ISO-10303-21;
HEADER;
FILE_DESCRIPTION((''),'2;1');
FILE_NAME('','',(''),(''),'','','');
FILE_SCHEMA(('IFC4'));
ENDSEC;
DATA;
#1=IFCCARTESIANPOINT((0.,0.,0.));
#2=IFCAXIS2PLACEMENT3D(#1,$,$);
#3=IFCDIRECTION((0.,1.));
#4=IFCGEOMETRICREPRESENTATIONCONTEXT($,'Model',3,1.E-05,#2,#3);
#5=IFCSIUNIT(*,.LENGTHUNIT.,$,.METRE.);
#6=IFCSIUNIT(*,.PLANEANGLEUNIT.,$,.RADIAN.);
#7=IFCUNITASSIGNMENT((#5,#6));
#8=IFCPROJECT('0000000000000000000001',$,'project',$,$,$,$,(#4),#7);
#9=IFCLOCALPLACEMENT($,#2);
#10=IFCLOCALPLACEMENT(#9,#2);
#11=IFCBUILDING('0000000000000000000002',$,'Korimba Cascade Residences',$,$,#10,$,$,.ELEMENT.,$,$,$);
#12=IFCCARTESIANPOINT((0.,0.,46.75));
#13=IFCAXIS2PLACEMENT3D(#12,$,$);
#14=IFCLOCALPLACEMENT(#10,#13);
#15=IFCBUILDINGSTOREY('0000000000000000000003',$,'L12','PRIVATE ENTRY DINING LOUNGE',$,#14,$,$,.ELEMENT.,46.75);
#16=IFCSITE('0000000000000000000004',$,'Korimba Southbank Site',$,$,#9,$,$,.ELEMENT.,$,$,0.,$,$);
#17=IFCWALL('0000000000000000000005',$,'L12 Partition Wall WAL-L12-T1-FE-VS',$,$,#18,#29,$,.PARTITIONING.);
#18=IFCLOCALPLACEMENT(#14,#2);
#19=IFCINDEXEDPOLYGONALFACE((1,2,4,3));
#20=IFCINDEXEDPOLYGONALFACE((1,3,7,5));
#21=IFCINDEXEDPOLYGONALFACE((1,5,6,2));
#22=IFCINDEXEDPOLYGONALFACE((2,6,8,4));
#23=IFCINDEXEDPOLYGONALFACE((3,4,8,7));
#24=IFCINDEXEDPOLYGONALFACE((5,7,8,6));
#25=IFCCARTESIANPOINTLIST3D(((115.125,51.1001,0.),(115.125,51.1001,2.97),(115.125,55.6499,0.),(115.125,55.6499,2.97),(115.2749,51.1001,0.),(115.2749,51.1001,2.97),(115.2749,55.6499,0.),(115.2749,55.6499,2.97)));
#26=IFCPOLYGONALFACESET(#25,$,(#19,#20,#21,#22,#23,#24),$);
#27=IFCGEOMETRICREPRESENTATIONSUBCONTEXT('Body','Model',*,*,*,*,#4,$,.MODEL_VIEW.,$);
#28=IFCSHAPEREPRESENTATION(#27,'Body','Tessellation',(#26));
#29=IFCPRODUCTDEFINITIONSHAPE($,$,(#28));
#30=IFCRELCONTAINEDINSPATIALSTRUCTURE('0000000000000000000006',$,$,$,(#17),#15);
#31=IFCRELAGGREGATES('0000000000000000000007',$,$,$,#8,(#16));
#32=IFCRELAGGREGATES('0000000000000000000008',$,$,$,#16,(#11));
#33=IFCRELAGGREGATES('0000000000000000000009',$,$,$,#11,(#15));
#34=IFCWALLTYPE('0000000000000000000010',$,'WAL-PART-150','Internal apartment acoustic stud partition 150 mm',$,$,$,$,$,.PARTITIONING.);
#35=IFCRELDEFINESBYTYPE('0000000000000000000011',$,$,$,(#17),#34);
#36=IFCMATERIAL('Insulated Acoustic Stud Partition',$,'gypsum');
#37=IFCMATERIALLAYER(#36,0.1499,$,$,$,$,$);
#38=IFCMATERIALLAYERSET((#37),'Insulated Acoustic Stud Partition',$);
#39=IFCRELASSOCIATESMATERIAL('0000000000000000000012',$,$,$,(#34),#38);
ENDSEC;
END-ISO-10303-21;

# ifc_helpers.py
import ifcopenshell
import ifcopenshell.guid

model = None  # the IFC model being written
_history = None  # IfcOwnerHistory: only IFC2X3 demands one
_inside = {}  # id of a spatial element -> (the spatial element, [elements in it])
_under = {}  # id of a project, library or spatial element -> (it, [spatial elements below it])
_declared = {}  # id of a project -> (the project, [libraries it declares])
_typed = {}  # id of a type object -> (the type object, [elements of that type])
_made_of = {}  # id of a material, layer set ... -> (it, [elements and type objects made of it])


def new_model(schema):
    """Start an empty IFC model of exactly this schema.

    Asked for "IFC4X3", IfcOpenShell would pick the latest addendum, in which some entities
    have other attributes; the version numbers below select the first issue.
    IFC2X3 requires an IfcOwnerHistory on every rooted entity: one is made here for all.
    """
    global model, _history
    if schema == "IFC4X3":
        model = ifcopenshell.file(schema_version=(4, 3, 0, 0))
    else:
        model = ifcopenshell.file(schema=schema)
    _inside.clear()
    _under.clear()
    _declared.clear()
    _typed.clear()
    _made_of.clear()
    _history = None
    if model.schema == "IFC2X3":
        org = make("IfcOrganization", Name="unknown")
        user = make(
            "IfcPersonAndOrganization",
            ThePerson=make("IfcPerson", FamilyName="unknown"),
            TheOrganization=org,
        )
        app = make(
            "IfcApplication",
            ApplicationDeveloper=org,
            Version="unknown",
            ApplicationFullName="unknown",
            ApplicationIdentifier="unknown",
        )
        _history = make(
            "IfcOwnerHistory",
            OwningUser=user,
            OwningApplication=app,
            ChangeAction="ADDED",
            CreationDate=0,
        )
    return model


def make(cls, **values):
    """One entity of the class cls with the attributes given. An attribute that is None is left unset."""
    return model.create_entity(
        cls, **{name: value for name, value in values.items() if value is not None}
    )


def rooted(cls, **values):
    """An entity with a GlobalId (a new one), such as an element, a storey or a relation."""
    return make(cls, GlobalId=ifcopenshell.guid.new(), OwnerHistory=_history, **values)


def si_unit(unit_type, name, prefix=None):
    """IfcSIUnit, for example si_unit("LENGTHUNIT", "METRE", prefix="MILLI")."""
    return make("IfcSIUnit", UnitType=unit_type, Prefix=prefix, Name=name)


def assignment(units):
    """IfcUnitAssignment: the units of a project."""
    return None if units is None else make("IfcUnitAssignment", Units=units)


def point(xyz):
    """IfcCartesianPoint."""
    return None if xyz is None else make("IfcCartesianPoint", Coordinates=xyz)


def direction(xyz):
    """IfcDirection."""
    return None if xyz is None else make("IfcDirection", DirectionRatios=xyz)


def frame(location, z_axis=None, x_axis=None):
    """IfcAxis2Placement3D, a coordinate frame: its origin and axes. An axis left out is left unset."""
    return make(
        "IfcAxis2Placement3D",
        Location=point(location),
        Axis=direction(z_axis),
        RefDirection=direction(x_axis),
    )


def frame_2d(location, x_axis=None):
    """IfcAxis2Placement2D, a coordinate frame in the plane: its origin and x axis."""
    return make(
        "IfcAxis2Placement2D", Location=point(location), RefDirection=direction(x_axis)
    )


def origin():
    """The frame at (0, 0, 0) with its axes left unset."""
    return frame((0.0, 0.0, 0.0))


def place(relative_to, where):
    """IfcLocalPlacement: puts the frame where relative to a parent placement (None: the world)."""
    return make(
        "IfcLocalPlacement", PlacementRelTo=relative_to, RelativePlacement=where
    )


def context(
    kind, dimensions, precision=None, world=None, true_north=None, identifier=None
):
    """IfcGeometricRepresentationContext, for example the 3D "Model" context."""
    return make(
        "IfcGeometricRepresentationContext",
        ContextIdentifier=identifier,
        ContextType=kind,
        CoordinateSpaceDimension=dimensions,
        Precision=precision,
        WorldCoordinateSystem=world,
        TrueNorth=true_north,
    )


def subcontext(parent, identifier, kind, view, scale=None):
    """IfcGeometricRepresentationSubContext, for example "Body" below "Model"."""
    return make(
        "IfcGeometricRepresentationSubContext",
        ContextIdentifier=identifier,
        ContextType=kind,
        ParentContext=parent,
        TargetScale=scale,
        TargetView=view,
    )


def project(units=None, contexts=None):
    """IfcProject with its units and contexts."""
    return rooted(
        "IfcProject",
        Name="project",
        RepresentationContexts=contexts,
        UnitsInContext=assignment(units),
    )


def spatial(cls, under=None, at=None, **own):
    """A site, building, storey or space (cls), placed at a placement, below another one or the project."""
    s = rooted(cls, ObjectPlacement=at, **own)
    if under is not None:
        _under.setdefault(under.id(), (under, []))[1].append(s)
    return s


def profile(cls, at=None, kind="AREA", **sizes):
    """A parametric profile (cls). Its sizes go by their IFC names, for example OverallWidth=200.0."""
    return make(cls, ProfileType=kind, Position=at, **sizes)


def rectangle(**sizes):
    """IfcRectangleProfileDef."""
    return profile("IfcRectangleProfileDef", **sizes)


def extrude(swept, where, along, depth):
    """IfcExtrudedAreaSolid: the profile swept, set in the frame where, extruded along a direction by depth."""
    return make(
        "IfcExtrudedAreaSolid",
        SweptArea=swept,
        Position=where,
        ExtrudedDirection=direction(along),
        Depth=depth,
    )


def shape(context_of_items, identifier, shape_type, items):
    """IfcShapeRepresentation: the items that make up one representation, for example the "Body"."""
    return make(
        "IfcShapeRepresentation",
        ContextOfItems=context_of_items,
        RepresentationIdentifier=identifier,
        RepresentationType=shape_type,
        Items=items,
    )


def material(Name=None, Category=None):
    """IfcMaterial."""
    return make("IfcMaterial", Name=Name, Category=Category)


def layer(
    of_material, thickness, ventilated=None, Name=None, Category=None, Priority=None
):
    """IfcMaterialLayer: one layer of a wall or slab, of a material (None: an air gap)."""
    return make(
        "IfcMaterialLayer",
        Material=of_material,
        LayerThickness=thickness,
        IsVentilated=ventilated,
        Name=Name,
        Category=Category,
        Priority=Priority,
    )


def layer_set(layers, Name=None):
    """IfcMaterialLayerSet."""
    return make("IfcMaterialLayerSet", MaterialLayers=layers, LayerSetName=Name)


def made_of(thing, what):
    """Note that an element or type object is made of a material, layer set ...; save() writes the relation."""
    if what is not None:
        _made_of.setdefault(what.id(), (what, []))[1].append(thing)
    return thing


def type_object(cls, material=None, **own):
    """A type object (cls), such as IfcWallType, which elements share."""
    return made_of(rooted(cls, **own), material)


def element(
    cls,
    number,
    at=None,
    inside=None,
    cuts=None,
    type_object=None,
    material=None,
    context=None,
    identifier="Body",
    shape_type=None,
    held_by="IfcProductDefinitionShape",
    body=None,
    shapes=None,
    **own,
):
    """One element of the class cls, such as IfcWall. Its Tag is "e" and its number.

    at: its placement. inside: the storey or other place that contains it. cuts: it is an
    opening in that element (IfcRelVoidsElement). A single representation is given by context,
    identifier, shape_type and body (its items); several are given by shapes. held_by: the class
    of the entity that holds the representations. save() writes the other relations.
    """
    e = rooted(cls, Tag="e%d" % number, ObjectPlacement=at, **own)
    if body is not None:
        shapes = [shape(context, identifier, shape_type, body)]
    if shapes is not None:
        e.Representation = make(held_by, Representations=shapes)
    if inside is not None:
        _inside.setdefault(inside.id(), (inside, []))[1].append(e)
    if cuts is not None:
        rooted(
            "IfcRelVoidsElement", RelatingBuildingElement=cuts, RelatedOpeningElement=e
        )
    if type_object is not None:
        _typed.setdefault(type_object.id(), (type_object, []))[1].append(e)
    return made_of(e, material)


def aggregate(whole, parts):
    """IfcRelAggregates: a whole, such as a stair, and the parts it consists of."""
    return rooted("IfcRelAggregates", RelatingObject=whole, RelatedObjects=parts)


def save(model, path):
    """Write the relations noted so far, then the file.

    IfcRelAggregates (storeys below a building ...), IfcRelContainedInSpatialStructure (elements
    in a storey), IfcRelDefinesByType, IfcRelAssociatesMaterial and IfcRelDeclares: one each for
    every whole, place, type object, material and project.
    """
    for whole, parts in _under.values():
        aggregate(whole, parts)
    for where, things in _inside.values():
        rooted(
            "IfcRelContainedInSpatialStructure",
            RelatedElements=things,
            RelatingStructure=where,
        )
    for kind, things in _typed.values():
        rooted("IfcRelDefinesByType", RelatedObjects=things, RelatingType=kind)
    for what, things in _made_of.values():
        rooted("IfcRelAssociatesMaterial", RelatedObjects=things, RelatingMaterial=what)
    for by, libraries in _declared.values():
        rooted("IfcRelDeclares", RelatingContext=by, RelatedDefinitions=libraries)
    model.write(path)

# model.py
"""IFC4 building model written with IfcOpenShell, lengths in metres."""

from ifc_helpers import new_model, si_unit, direction, frame, frame_2d, origin, place, context, subcontext, project, spatial, rectangle, extrude, material, layer, layer_set, type_object, element, save


model = new_model("IFC4")

# Units and contexts
model_context = context("Model", 3, precision=1e-05, world=origin(), true_north=direction((0.0, 1.0)))
body_context = subcontext(model_context, "Body", "Model", "MODEL_VIEW")
ifc_project = project(units=[si_unit("LENGTHUNIT", "METRE"), si_unit("PLANEANGLEUNIT", "RADIAN")], contexts=[model_context])

# Site, building, storey
site_placement = place(None, origin())
site = spatial("IfcSite", under=ifc_project, at=site_placement, Name="Korimba Southbank Site", CompositionType="ELEMENT", RefElevation=0.0)
building_placement = place(site_placement, origin())
building = spatial("IfcBuilding", under=site, at=building_placement, Name="Korimba Cascade Residences", CompositionType="ELEMENT")
storey_placement = place(building_placement, frame((0.0, 0.0, 46.75)))
storey = spatial("IfcBuildingStorey", under=building, at=storey_placement, Name="L12", Description="PRIVATE ENTRY DINING LOUNGE", CompositionType="ELEMENT", Elevation=46.75)

# Shared definitions
ifc_material_1 = material(Name="Insulated Acoustic Stud Partition", Category="gypsum")
ifc_layer_1 = layer(ifc_material_1, 0.1499)
ifc_layer_set_1 = layer_set([ifc_layer_1], Name="Insulated Acoustic Stud Partition")
wall_type_1 = type_object("IfcWallType", Name="WAL-PART-150", Description="Internal apartment acoustic stud partition 150 mm", PredefinedType="PARTITIONING", material=ifc_layer_set_1)

# Wall
wall_1_placement = place(storey_placement, frame((115.2, 51.1001, 0.0), z_axis=(0.0, 0.0, 1.0), x_axis=(0.0, 1.0, 0.0)))
element("IfcWall", 1, at=wall_1_placement, inside=storey, type_object=wall_type_1, Name="L12 Partition Wall WAL-L12-T1-FE-VS", PredefinedType="PARTITIONING", context=body_context, shape_type="SweptSolid", body=[
    extrude(rectangle(XDim=4.5498, YDim=0.1499, at=frame_2d((2.2749, 0.0))), origin(), (0.0, 0.0, 1.0), 2.97),
])

save(model, "model.ifc")
